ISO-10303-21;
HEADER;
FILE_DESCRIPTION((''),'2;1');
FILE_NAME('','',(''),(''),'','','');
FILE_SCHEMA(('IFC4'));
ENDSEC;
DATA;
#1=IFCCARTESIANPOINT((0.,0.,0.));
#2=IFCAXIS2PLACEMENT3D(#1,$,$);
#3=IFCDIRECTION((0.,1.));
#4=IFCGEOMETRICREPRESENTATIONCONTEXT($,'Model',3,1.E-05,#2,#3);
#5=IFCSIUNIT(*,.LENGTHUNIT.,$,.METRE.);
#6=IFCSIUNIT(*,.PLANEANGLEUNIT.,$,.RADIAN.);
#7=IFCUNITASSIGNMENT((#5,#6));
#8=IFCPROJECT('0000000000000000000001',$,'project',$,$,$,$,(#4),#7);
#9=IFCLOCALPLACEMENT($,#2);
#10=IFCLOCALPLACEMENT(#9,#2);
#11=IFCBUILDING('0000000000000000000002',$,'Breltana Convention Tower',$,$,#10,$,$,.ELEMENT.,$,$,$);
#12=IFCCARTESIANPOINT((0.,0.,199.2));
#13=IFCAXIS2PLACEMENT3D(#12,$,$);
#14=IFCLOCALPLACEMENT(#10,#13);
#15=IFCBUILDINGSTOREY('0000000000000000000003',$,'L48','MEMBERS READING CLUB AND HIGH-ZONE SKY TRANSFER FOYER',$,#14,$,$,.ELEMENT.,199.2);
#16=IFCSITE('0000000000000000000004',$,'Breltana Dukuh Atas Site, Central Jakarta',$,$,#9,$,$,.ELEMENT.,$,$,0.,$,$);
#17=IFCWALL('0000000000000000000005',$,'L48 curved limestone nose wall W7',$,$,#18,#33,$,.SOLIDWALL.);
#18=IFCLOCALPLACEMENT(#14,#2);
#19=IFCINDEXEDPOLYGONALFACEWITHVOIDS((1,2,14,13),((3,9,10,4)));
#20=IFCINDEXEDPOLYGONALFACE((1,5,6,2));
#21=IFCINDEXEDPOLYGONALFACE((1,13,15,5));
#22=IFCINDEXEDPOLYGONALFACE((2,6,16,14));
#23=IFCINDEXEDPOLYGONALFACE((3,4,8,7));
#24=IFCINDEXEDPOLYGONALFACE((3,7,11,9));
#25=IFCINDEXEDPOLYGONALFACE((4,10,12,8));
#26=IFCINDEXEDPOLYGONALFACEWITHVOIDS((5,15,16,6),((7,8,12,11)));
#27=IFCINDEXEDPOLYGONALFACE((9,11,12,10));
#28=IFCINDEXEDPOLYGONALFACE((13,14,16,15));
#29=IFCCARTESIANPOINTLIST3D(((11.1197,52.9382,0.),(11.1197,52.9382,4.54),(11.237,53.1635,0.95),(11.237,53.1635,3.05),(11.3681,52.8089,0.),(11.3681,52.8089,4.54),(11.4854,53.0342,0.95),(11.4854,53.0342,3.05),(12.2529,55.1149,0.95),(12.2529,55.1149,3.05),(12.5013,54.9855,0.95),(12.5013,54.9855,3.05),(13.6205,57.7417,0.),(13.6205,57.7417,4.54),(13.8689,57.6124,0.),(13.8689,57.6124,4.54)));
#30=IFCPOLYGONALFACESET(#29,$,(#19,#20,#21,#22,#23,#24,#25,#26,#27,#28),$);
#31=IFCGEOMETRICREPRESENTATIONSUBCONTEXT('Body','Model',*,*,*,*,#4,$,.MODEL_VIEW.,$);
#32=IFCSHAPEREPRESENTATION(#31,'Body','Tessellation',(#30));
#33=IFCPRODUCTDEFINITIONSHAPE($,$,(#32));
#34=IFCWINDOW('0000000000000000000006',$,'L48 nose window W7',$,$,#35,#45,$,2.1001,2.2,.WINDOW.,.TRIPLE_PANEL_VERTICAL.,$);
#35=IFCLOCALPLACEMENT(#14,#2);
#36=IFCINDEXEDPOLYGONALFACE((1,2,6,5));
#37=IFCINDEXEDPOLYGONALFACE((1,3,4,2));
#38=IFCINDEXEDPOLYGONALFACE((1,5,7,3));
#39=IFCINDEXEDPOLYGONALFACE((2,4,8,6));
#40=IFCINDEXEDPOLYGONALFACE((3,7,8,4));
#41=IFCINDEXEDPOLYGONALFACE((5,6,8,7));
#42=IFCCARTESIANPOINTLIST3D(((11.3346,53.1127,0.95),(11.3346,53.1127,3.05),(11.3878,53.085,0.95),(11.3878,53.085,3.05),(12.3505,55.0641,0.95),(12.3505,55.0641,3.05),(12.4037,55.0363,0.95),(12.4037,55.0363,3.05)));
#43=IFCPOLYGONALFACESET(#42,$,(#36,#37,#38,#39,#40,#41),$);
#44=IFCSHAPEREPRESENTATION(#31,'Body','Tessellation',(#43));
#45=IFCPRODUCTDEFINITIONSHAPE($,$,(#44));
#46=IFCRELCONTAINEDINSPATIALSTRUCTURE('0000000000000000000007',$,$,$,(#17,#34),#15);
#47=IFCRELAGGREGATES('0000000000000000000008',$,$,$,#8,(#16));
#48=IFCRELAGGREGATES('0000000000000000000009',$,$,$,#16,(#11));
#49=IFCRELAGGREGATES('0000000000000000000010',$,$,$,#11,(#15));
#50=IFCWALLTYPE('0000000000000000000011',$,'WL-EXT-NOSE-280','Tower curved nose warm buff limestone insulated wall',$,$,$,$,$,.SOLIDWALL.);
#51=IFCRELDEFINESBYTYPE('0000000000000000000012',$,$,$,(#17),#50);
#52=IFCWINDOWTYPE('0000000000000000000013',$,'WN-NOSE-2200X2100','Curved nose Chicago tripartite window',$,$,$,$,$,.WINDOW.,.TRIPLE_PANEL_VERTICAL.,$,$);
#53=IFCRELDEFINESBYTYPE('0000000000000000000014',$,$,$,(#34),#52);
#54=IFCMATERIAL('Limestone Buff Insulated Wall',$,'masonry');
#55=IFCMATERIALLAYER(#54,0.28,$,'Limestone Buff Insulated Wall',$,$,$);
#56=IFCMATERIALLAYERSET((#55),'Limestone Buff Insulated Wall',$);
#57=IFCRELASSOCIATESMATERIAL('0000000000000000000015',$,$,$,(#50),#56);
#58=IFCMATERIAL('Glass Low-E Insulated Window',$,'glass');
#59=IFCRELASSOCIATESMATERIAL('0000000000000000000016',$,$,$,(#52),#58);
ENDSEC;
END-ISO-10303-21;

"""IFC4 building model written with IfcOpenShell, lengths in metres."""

from ifc_helpers import new_model, si_unit, direction, frame, frame_2d, origin, place, context, subcontext, project, spatial, rectangle, extrude, source, transform, mapped, material, layer, layer_set, type_object, type_shapes, element, fill, save


model = new_model("IFC4")

# Units and contexts
model_context = context("Model", 3, precision=1e-05, world=origin(), true_north=direction((0.0, 1.0)))
body_context = subcontext(model_context, "Body", "Model", "MODEL_VIEW")
ifc_project = project(units=[si_unit("LENGTHUNIT", "METRE"), si_unit("PLANEANGLEUNIT", "RADIAN")], contexts=[model_context])

# Site, building, storey
site_placement = place(None, origin())
site = spatial("IfcSite", under=ifc_project, at=site_placement, Name="Breltana Dukuh Atas Site, Central Jakarta", CompositionType="ELEMENT", RefElevation=0.0)
building_placement = place(site_placement, origin())
building = spatial("IfcBuilding", under=site, at=building_placement, Name="Breltana Convention Tower", CompositionType="ELEMENT")
storey_placement = place(building_placement, frame((0.0, 0.0, 199.2)))
storey = spatial("IfcBuildingStorey", under=building, at=storey_placement, Name="L48", Description="MEMBERS READING CLUB AND HIGH-ZONE SKY TRANSFER FOYER", CompositionType="ELEMENT", Elevation=199.2)

# Wall, opening, window
ifc_material_1 = material(Name="Limestone Buff Insulated Wall", Category="masonry")
ifc_layer_1 = layer(ifc_material_1, 0.28, Name="Limestone Buff Insulated Wall")
ifc_layer_set_1 = layer_set([ifc_layer_1], Name="Limestone Buff Insulated Wall")
wall_type = type_object("IfcWallType", Name="WL-EXT-NOSE-280", Description="Tower curved nose warm buff limestone insulated wall", PredefinedType="SOLIDWALL", material=ifc_layer_set_1)
shared_shape_1 = source(origin(), body_context, "Body", "SweptSolid", [
    extrude(rectangle(XDim=5.4155, YDim=0.28, at=frame_2d((2.7078, 0.0))), origin(), (0.0, 0.0, 1.0), 4.54),
])
wall_placement = place(storey_placement, frame((11.2439, 52.8735, 0.0), z_axis=(0.0, 0.0, 1.0), x_axis=(0.461779, 0.886995, 0.0)))
wall = element("IfcWall", 1, at=wall_placement, inside=storey, type_object=wall_type, Name="L48 curved limestone nose wall W7", PredefinedType="SOLIDWALL", context=body_context, shape_type="MappedRepresentation", body=[
    mapped(shared_shape_1, transform((0.0, 0.0, 0.0), scale=1.0)),
])
opening_placement = place(wall_placement, frame((0.2539, 0.0, 0.95)))
opening = element("IfcOpeningElement", 2, at=opening_placement, cuts=wall, PredefinedType="OPENING", context=body_context, shape_type="SweptSolid", body=[
    extrude(rectangle(XDim=2.2, YDim=2.1001, at=frame_2d((1.1001, 1.05))), frame((0.0, 0.1499, 0.0), z_axis=(0.0, -1.0, 0.0), x_axis=(1.0, 0.0, 0.0)), (0.0, 0.0, 1.0), 0.3),
])
ifc_material_2 = material(Name="Glass Low-E Insulated Window", Category="glass")
window_type = type_object("IfcWindowType", Name="WN-NOSE-2200X2100", Description="Curved nose Chicago tripartite window", PartitioningType="TRIPLE_PANEL_VERTICAL", PredefinedType="WINDOW", material=ifc_material_2)
shared_shape_2 = source(origin(), body_context, "Body", "SweptSolid", [
    extrude(rectangle(XDim=2.2, YDim=2.1001, at=frame_2d((1.1001, 1.05))), frame((0.0, 0.03, 0.0), z_axis=(0.0, -1.0, 0.0), x_axis=(1.0, 0.0, 0.0)), (0.0, 0.0, 1.0), 0.0601),
])
type_shapes(window_type, [shared_shape_2])
window_placement = place(opening_placement, origin())
window = element("IfcWindow", 3, at=window_placement, inside=storey, type_object=window_type, Name="L48 nose window W7", OverallHeight=2.1001, OverallWidth=2.2, PartitioningType="TRIPLE_PANEL_VERTICAL", PredefinedType="WINDOW", context=body_context, shape_type="MappedRepresentation", body=[
    mapped(shared_shape_2, transform((0.0, 0.0, 0.0), scale=1.0)),
])
fill(opening, window)

save(model, "model.ifc")
